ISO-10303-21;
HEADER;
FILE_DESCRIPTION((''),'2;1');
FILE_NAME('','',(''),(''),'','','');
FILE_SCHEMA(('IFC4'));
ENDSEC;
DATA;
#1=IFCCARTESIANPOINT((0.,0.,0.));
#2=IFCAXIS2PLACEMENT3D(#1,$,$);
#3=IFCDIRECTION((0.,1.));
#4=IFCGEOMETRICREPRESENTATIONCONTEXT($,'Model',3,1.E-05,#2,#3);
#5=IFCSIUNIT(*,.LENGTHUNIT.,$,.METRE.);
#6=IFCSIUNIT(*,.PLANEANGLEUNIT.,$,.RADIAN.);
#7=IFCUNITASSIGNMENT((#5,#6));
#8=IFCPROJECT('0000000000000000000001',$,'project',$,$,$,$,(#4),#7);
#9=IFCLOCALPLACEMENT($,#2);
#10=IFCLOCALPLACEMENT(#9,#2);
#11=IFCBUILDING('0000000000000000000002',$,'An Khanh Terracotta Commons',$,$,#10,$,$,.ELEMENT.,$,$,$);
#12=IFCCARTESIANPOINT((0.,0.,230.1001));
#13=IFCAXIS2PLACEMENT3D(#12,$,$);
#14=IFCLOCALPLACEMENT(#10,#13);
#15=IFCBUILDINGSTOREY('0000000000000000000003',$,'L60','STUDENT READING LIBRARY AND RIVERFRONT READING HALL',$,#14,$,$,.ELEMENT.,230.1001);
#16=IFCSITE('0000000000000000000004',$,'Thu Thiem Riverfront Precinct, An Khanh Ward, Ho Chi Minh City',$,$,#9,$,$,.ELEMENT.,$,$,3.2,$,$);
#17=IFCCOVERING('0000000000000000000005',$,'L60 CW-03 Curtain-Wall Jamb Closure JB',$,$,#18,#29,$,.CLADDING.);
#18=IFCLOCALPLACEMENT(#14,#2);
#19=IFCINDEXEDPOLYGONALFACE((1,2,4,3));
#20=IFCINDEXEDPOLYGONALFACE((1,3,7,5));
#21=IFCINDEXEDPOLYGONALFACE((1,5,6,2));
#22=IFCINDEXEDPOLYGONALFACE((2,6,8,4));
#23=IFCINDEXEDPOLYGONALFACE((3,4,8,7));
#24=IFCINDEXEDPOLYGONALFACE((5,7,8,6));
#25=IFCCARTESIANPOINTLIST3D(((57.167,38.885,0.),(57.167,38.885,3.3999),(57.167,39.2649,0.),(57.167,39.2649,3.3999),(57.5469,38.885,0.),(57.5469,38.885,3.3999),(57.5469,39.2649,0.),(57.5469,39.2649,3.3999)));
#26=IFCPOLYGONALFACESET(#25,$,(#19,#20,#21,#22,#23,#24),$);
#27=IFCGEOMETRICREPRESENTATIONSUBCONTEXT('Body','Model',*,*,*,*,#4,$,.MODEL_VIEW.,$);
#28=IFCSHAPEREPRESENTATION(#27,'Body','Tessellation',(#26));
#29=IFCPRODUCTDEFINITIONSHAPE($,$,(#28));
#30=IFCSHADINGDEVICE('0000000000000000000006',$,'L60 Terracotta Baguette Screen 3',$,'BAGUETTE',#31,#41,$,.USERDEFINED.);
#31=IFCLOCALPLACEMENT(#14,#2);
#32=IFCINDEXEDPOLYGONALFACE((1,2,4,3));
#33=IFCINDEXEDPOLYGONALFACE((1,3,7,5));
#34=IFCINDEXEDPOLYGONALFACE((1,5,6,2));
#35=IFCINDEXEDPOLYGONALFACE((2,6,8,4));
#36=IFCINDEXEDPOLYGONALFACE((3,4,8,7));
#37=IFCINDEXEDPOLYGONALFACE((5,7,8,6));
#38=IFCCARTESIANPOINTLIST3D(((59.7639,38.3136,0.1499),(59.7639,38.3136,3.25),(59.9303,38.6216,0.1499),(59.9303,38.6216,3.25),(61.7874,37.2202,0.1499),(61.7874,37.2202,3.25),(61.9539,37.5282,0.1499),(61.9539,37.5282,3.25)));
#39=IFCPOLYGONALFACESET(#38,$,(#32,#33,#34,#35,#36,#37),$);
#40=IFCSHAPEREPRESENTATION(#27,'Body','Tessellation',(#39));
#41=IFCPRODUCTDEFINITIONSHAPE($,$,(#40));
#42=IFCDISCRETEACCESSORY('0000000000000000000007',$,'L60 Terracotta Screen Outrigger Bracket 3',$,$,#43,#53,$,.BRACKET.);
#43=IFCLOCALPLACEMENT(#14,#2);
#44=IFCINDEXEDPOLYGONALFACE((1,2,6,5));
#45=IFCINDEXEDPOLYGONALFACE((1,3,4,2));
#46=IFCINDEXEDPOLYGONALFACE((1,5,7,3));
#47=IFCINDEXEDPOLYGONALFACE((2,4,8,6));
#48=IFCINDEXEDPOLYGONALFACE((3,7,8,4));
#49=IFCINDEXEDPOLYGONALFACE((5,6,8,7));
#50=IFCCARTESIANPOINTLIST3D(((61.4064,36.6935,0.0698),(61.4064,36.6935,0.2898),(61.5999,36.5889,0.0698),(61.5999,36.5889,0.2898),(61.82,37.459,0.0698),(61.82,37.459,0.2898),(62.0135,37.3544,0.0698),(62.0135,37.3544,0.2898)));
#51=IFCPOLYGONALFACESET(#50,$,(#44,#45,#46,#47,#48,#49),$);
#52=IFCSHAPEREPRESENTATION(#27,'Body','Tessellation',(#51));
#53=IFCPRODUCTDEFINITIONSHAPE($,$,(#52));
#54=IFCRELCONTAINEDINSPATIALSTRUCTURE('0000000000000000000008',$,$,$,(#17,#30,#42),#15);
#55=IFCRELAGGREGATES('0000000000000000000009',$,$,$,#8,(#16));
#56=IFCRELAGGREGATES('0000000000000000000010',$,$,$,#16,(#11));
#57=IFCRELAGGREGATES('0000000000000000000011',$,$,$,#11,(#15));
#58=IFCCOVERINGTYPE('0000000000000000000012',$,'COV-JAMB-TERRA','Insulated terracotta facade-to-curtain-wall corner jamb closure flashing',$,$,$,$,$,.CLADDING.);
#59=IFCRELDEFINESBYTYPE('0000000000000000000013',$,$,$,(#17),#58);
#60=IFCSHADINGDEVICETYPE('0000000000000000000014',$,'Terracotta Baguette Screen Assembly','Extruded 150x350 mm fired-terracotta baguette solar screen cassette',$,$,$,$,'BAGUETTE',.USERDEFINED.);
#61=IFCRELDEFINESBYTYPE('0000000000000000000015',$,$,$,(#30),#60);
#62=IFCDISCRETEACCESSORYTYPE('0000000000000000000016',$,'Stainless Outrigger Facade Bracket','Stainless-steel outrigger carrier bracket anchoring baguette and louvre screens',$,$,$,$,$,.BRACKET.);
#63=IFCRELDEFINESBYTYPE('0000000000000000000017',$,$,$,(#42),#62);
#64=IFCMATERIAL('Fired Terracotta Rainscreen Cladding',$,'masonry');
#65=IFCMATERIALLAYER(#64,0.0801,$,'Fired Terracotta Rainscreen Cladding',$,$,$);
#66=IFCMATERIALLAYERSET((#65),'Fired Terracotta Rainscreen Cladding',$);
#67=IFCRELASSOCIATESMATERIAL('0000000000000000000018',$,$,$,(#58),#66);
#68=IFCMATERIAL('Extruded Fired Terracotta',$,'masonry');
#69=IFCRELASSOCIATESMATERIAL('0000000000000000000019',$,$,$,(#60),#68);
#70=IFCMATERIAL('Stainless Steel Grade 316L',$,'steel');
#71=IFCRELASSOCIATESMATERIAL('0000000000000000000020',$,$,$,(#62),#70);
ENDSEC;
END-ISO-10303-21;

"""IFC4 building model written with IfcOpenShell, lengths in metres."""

from ifc_helpers import new_model, si_unit, direction, frame, origin, origin_2d, place, context, subcontext, project, spatial, rectangle, extrude, material, layer, layer_set, type_object, element, save


model = new_model("IFC4")

# Units and contexts
model_context = context("Model", 3, precision=1e-05, world=origin(), true_north=direction((0.0, 1.0)))
body_context = subcontext(model_context, "Body", "Model", "MODEL_VIEW")
ifc_project = project(units=[si_unit("LENGTHUNIT", "METRE"), si_unit("PLANEANGLEUNIT", "RADIAN")], contexts=[model_context])

# Site, building, storey
site_placement = place(None, origin())
site = spatial("IfcSite", under=ifc_project, at=site_placement, Name="Thu Thiem Riverfront Precinct, An Khanh Ward, Ho Chi Minh City", CompositionType="ELEMENT", RefElevation=3.2)
building_placement = place(site_placement, origin())
building = spatial("IfcBuilding", under=site, at=building_placement, Name="An Khanh Terracotta Commons", CompositionType="ELEMENT")
storey_placement = place(building_placement, frame((0.0, 0.0, 230.1001)))
storey = spatial("IfcBuildingStorey", under=building, at=storey_placement, Name="L60", Description="STUDENT READING LIBRARY AND RIVERFRONT READING HALL", CompositionType="ELEMENT", Elevation=230.1001)

# Covering
ifc_material_1 = material(Name="Fired Terracotta Rainscreen Cladding", Category="masonry")
ifc_layer_1 = layer(ifc_material_1, 0.0801, Name="Fired Terracotta Rainscreen Cladding")
ifc_layer_set_1 = layer_set([ifc_layer_1], Name="Fired Terracotta Rainscreen Cladding")
covering_type = type_object("IfcCoveringType", Name="COV-JAMB-TERRA", Description="Insulated terracotta facade-to-curtain-wall corner jamb closure flashing", PredefinedType="CLADDING", material=ifc_layer_set_1)
covering_placement = place(storey_placement, frame((57.3569, 39.075, 0.0), z_axis=(0.0, 0.0, 1.0), x_axis=(1.0, 0.0, 0.0)))
element("IfcCovering", 1, at=covering_placement, inside=storey, type_object=covering_type, Name="L60 CW-03 Curtain-Wall Jamb Closure JB", PredefinedType="CLADDING", context=body_context, shape_type="SweptSolid", body=[
    extrude(rectangle(XDim=0.3799, YDim=0.3799, at=origin_2d()), origin(), (0.0, 0.0, 1.0), 3.3999),
])

# Shading device
ifc_material_2 = material(Name="Extruded Fired Terracotta", Category="masonry")
shading_device_type = type_object("IfcShadingDeviceType", Name="Terracotta Baguette Screen Assembly", Description="Extruded 150x350 mm fired-terracotta baguette solar screen cassette", ElementType="BAGUETTE", PredefinedType="USERDEFINED", material=ifc_material_2)
shading_device_placement = place(storey_placement, frame((60.8589, 37.9209, 0.1499), z_axis=(0.0, 0.0, 1.0), x_axis=(-0.87978, 0.475381, 0.0)))
element("IfcShadingDevice", 2, at=shading_device_placement, inside=storey, type_object=shading_device_type, Name="L60 Terracotta Baguette Screen 3", ObjectType="BAGUETTE", PredefinedType="USERDEFINED", context=body_context, shape_type="SweptSolid", body=[
    extrude(rectangle(XDim=2.3, YDim=0.3501, at=origin_2d()), origin(), (0.0, 0.0, 1.0), 3.1001),
])

# Discrete accessory
ifc_material_3 = material(Name="Stainless Steel Grade 316L", Category="steel")
discrete_accessory_type = type_object("IfcDiscreteAccessoryType", Name="Stainless Outrigger Facade Bracket", Description="Stainless-steel outrigger carrier bracket anchoring baguette and louvre screens", PredefinedType="BRACKET", material=ifc_material_3)
discrete_accessory_placement = place(storey_placement, frame((61.71, 37.0239, 0.0698), z_axis=(0.0, 0.0, 1.0), x_axis=(-0.87978, 0.475381, 0.0)))
element("IfcDiscreteAccessory", 3, at=discrete_accessory_placement, inside=storey, type_object=discrete_accessory_type, Name="L60 Terracotta Screen Outrigger Bracket 3", PredefinedType="BRACKET", context=body_context, shape_type="SweptSolid", body=[
    extrude(rectangle(XDim=0.22, YDim=0.8701, at=origin_2d()), origin(), (0.0, 0.0, 1.0), 0.22),
])

save(model, "model.ifc")
